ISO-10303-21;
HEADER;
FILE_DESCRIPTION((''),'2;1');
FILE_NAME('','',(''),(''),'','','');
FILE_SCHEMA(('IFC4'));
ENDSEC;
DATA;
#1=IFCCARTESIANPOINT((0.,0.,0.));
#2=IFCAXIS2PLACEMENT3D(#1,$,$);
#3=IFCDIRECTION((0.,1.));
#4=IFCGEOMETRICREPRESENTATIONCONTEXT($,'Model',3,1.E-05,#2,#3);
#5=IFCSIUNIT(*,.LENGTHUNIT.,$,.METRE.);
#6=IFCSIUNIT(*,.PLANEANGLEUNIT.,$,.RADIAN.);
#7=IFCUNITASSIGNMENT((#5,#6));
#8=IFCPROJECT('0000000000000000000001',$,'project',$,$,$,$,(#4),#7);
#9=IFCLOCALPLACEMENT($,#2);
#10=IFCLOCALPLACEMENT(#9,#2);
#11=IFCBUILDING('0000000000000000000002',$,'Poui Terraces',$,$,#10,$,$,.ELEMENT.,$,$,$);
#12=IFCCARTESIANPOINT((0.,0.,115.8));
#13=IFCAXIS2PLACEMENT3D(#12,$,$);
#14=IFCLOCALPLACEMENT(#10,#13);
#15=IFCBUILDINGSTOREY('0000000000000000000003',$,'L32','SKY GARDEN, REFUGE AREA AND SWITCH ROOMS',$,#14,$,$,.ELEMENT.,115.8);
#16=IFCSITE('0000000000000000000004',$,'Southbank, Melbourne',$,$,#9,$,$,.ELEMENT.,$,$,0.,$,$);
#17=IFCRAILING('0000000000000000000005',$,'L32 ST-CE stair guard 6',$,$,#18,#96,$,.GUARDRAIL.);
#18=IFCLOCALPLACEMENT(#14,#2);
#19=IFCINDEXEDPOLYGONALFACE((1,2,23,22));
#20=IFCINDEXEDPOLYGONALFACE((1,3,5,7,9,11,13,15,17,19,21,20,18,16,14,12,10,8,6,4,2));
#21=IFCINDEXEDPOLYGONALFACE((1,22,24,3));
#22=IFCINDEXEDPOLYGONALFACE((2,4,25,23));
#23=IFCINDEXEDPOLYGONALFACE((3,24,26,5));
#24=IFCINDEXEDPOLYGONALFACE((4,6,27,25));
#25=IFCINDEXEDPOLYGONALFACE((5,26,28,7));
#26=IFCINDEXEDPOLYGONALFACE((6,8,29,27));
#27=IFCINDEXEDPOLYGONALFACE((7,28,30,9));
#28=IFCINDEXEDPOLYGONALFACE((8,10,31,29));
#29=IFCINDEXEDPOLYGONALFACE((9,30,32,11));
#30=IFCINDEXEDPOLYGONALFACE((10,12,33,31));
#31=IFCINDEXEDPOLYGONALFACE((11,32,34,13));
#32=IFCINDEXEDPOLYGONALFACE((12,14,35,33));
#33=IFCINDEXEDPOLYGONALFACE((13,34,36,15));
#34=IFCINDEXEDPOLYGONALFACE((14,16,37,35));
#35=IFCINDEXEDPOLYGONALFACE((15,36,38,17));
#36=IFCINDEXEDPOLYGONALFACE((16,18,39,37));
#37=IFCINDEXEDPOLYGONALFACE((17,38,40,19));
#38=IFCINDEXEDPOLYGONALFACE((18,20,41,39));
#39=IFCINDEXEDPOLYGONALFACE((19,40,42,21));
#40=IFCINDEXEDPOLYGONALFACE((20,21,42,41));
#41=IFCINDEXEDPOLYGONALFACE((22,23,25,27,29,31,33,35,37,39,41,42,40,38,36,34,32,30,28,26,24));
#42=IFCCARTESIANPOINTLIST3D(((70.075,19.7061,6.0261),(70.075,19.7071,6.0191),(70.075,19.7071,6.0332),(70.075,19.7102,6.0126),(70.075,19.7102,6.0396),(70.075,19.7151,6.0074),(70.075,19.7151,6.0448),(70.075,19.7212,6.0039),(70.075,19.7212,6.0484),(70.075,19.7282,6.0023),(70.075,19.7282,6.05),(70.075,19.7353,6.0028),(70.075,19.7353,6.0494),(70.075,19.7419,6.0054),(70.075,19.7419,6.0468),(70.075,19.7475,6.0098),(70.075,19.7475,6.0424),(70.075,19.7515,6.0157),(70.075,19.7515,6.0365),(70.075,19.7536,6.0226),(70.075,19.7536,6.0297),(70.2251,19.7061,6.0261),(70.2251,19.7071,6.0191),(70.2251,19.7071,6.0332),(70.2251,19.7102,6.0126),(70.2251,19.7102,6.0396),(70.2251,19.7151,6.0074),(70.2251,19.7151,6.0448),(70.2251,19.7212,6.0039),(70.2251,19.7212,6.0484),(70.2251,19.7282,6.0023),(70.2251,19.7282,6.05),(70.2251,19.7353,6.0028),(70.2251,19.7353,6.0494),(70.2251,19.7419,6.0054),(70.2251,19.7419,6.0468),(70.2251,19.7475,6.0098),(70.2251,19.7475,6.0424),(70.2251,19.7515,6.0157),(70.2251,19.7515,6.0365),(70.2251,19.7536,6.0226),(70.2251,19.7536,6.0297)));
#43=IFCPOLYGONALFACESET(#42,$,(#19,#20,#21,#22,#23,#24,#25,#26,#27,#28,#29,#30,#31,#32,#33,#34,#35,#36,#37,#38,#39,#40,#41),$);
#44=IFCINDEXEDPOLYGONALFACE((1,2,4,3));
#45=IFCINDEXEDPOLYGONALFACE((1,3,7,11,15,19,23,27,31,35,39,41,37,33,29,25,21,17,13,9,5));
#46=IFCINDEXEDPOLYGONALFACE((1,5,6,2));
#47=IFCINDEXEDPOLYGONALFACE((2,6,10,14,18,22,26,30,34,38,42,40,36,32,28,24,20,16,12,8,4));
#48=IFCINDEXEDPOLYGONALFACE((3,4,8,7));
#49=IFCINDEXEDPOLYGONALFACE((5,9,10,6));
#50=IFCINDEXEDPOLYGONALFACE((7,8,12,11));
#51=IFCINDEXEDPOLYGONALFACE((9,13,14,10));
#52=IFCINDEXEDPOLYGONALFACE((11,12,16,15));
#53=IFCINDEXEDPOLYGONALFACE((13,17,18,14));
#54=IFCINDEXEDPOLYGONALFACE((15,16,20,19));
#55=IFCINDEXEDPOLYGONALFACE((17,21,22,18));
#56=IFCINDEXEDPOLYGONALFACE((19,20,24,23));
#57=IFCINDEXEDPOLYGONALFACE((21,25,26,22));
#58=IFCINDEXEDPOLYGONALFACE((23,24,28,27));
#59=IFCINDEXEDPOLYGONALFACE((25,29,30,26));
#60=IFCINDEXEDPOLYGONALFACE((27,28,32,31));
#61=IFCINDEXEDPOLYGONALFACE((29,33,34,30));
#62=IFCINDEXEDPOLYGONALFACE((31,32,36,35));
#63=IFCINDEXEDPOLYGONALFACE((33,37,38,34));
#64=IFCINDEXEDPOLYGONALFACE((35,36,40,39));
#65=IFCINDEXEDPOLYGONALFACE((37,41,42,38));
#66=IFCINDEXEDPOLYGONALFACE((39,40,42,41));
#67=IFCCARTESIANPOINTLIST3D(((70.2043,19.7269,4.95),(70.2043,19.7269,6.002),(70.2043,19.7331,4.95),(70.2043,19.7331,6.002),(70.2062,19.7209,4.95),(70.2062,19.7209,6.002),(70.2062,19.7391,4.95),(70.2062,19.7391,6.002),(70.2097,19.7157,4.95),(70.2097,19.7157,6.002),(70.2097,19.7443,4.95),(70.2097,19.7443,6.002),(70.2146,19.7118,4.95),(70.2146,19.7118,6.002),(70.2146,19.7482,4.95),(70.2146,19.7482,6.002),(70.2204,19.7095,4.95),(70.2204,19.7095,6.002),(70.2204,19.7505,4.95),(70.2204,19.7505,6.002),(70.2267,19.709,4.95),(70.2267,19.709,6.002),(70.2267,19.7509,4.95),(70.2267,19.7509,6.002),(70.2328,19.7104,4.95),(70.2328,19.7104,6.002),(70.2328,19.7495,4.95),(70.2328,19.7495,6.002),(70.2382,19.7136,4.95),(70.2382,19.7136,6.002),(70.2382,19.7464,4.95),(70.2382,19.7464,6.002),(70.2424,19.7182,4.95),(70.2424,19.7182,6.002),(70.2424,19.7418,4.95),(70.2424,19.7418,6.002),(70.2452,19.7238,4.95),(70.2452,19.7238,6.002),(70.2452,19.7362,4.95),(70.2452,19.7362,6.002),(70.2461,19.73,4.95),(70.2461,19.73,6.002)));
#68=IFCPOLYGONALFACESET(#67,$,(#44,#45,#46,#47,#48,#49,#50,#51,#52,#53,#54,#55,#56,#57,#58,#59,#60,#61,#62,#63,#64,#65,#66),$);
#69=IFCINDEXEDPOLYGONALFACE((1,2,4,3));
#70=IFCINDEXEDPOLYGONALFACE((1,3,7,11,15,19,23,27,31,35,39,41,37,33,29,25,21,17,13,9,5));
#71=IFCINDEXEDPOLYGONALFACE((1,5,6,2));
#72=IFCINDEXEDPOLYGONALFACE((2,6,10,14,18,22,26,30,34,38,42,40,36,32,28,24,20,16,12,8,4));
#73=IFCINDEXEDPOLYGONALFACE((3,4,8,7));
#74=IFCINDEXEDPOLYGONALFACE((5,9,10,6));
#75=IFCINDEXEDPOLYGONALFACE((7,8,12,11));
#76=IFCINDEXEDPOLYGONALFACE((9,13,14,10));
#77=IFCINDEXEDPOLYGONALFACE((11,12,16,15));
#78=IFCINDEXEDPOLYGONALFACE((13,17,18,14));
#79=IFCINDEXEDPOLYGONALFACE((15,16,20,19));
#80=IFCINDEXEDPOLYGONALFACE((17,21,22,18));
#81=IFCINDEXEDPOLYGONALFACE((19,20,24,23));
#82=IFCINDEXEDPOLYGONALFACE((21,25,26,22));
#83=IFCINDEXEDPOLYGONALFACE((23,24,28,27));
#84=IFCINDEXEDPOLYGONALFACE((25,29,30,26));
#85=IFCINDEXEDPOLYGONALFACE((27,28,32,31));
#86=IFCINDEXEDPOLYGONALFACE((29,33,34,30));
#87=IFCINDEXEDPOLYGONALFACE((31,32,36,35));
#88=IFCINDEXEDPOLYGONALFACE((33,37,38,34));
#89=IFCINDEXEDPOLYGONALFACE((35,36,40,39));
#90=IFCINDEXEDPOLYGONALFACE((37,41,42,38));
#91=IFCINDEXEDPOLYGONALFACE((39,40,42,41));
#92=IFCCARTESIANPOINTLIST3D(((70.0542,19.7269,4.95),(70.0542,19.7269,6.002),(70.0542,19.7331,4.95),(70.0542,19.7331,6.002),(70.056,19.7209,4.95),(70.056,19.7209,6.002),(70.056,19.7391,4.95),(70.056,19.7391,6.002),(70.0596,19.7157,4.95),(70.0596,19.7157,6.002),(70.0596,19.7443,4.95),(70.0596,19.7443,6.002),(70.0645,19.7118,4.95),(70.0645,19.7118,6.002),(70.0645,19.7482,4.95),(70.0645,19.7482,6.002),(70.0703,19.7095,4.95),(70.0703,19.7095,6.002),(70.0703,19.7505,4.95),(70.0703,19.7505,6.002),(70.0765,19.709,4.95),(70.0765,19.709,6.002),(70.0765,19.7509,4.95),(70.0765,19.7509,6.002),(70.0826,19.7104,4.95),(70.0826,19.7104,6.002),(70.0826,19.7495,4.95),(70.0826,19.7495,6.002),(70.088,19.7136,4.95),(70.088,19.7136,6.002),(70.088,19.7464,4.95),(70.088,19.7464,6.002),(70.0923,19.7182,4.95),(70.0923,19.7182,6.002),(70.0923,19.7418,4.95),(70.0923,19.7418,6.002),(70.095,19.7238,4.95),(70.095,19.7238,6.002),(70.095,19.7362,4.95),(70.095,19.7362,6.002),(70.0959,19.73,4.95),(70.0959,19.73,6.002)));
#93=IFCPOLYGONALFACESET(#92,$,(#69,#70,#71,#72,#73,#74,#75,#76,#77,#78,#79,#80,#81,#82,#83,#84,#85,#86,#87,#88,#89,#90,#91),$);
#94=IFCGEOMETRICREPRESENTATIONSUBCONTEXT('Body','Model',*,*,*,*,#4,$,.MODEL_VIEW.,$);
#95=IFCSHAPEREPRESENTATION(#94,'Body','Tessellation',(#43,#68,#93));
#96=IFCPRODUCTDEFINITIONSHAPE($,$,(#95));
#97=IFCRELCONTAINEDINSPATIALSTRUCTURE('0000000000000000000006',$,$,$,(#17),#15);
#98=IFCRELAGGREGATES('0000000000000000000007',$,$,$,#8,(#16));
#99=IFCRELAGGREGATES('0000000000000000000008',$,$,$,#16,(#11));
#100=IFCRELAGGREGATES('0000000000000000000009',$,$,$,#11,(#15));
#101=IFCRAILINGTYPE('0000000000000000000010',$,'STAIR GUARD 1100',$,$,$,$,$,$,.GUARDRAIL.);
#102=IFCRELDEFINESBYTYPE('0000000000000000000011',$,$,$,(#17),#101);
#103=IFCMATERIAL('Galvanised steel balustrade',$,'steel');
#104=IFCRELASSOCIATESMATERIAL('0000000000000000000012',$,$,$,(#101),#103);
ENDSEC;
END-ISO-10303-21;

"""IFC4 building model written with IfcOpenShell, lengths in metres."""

from ifc_helpers import new_model, si_unit, direction, frame, origin, origin_2d, place, context, subcontext, project, spatial, circle, extrude, material, type_object, element, save


model = new_model("IFC4")

# Units and contexts
model_context = context("Model", 3, precision=1e-05, world=origin(), true_north=direction((0.0, 1.0)))
body_context = subcontext(model_context, "Body", "Model", "MODEL_VIEW")
ifc_project = project(units=[si_unit("LENGTHUNIT", "METRE"), si_unit("PLANEANGLEUNIT", "RADIAN")], contexts=[model_context])

# Site, building, storey
site_placement = place(None, origin())
site = spatial("IfcSite", under=ifc_project, at=site_placement, Name="Southbank, Melbourne", CompositionType="ELEMENT", RefElevation=0.0)
building_placement = place(site_placement, origin())
building = spatial("IfcBuilding", under=site, at=building_placement, Name="Poui Terraces", CompositionType="ELEMENT")
storey_placement = place(building_placement, frame((0.0, 0.0, 115.8)))
storey = spatial("IfcBuildingStorey", under=building, at=storey_placement, Name="L32", Description="SKY GARDEN, REFUGE AREA AND SWITCH ROOMS", CompositionType="ELEMENT", Elevation=115.8)

# Railing
ifc_material_1 = material(Name="Galvanised steel balustrade", Category="steel")
railing_type_1 = type_object("IfcRailingType", Name="STAIR GUARD 1100", PredefinedType="GUARDRAIL", material=ifc_material_1)
railing_1_placement = place(storey_placement, frame((70.2251, 19.73, 4.95)))
element("IfcRailing", 1, at=railing_1_placement, inside=storey, type_object=railing_type_1, Name="L32 ST-CE stair guard 6", PredefinedType="GUARDRAIL", context=body_context, shape_type="SweptSolid", body=[
    extrude(circle(Radius=0.0239, at=origin_2d()), frame((0.0, 0.0, 1.0762), z_axis=(-1.0, 0.0, 0.0), x_axis=(0.0, -1.0, 0.0)), (0.0, 0.0, 1.0), 0.1501),
    extrude(circle(Radius=0.021, at=origin_2d()), origin(), (0.0, 0.0, 1.0), 1.052),
    extrude(circle(Radius=0.021, at=origin_2d()), frame((-0.1501, 0.0, 0.0)), (0.0, 0.0, 1.0), 1.052),
])

save(model, "model.ifc")
